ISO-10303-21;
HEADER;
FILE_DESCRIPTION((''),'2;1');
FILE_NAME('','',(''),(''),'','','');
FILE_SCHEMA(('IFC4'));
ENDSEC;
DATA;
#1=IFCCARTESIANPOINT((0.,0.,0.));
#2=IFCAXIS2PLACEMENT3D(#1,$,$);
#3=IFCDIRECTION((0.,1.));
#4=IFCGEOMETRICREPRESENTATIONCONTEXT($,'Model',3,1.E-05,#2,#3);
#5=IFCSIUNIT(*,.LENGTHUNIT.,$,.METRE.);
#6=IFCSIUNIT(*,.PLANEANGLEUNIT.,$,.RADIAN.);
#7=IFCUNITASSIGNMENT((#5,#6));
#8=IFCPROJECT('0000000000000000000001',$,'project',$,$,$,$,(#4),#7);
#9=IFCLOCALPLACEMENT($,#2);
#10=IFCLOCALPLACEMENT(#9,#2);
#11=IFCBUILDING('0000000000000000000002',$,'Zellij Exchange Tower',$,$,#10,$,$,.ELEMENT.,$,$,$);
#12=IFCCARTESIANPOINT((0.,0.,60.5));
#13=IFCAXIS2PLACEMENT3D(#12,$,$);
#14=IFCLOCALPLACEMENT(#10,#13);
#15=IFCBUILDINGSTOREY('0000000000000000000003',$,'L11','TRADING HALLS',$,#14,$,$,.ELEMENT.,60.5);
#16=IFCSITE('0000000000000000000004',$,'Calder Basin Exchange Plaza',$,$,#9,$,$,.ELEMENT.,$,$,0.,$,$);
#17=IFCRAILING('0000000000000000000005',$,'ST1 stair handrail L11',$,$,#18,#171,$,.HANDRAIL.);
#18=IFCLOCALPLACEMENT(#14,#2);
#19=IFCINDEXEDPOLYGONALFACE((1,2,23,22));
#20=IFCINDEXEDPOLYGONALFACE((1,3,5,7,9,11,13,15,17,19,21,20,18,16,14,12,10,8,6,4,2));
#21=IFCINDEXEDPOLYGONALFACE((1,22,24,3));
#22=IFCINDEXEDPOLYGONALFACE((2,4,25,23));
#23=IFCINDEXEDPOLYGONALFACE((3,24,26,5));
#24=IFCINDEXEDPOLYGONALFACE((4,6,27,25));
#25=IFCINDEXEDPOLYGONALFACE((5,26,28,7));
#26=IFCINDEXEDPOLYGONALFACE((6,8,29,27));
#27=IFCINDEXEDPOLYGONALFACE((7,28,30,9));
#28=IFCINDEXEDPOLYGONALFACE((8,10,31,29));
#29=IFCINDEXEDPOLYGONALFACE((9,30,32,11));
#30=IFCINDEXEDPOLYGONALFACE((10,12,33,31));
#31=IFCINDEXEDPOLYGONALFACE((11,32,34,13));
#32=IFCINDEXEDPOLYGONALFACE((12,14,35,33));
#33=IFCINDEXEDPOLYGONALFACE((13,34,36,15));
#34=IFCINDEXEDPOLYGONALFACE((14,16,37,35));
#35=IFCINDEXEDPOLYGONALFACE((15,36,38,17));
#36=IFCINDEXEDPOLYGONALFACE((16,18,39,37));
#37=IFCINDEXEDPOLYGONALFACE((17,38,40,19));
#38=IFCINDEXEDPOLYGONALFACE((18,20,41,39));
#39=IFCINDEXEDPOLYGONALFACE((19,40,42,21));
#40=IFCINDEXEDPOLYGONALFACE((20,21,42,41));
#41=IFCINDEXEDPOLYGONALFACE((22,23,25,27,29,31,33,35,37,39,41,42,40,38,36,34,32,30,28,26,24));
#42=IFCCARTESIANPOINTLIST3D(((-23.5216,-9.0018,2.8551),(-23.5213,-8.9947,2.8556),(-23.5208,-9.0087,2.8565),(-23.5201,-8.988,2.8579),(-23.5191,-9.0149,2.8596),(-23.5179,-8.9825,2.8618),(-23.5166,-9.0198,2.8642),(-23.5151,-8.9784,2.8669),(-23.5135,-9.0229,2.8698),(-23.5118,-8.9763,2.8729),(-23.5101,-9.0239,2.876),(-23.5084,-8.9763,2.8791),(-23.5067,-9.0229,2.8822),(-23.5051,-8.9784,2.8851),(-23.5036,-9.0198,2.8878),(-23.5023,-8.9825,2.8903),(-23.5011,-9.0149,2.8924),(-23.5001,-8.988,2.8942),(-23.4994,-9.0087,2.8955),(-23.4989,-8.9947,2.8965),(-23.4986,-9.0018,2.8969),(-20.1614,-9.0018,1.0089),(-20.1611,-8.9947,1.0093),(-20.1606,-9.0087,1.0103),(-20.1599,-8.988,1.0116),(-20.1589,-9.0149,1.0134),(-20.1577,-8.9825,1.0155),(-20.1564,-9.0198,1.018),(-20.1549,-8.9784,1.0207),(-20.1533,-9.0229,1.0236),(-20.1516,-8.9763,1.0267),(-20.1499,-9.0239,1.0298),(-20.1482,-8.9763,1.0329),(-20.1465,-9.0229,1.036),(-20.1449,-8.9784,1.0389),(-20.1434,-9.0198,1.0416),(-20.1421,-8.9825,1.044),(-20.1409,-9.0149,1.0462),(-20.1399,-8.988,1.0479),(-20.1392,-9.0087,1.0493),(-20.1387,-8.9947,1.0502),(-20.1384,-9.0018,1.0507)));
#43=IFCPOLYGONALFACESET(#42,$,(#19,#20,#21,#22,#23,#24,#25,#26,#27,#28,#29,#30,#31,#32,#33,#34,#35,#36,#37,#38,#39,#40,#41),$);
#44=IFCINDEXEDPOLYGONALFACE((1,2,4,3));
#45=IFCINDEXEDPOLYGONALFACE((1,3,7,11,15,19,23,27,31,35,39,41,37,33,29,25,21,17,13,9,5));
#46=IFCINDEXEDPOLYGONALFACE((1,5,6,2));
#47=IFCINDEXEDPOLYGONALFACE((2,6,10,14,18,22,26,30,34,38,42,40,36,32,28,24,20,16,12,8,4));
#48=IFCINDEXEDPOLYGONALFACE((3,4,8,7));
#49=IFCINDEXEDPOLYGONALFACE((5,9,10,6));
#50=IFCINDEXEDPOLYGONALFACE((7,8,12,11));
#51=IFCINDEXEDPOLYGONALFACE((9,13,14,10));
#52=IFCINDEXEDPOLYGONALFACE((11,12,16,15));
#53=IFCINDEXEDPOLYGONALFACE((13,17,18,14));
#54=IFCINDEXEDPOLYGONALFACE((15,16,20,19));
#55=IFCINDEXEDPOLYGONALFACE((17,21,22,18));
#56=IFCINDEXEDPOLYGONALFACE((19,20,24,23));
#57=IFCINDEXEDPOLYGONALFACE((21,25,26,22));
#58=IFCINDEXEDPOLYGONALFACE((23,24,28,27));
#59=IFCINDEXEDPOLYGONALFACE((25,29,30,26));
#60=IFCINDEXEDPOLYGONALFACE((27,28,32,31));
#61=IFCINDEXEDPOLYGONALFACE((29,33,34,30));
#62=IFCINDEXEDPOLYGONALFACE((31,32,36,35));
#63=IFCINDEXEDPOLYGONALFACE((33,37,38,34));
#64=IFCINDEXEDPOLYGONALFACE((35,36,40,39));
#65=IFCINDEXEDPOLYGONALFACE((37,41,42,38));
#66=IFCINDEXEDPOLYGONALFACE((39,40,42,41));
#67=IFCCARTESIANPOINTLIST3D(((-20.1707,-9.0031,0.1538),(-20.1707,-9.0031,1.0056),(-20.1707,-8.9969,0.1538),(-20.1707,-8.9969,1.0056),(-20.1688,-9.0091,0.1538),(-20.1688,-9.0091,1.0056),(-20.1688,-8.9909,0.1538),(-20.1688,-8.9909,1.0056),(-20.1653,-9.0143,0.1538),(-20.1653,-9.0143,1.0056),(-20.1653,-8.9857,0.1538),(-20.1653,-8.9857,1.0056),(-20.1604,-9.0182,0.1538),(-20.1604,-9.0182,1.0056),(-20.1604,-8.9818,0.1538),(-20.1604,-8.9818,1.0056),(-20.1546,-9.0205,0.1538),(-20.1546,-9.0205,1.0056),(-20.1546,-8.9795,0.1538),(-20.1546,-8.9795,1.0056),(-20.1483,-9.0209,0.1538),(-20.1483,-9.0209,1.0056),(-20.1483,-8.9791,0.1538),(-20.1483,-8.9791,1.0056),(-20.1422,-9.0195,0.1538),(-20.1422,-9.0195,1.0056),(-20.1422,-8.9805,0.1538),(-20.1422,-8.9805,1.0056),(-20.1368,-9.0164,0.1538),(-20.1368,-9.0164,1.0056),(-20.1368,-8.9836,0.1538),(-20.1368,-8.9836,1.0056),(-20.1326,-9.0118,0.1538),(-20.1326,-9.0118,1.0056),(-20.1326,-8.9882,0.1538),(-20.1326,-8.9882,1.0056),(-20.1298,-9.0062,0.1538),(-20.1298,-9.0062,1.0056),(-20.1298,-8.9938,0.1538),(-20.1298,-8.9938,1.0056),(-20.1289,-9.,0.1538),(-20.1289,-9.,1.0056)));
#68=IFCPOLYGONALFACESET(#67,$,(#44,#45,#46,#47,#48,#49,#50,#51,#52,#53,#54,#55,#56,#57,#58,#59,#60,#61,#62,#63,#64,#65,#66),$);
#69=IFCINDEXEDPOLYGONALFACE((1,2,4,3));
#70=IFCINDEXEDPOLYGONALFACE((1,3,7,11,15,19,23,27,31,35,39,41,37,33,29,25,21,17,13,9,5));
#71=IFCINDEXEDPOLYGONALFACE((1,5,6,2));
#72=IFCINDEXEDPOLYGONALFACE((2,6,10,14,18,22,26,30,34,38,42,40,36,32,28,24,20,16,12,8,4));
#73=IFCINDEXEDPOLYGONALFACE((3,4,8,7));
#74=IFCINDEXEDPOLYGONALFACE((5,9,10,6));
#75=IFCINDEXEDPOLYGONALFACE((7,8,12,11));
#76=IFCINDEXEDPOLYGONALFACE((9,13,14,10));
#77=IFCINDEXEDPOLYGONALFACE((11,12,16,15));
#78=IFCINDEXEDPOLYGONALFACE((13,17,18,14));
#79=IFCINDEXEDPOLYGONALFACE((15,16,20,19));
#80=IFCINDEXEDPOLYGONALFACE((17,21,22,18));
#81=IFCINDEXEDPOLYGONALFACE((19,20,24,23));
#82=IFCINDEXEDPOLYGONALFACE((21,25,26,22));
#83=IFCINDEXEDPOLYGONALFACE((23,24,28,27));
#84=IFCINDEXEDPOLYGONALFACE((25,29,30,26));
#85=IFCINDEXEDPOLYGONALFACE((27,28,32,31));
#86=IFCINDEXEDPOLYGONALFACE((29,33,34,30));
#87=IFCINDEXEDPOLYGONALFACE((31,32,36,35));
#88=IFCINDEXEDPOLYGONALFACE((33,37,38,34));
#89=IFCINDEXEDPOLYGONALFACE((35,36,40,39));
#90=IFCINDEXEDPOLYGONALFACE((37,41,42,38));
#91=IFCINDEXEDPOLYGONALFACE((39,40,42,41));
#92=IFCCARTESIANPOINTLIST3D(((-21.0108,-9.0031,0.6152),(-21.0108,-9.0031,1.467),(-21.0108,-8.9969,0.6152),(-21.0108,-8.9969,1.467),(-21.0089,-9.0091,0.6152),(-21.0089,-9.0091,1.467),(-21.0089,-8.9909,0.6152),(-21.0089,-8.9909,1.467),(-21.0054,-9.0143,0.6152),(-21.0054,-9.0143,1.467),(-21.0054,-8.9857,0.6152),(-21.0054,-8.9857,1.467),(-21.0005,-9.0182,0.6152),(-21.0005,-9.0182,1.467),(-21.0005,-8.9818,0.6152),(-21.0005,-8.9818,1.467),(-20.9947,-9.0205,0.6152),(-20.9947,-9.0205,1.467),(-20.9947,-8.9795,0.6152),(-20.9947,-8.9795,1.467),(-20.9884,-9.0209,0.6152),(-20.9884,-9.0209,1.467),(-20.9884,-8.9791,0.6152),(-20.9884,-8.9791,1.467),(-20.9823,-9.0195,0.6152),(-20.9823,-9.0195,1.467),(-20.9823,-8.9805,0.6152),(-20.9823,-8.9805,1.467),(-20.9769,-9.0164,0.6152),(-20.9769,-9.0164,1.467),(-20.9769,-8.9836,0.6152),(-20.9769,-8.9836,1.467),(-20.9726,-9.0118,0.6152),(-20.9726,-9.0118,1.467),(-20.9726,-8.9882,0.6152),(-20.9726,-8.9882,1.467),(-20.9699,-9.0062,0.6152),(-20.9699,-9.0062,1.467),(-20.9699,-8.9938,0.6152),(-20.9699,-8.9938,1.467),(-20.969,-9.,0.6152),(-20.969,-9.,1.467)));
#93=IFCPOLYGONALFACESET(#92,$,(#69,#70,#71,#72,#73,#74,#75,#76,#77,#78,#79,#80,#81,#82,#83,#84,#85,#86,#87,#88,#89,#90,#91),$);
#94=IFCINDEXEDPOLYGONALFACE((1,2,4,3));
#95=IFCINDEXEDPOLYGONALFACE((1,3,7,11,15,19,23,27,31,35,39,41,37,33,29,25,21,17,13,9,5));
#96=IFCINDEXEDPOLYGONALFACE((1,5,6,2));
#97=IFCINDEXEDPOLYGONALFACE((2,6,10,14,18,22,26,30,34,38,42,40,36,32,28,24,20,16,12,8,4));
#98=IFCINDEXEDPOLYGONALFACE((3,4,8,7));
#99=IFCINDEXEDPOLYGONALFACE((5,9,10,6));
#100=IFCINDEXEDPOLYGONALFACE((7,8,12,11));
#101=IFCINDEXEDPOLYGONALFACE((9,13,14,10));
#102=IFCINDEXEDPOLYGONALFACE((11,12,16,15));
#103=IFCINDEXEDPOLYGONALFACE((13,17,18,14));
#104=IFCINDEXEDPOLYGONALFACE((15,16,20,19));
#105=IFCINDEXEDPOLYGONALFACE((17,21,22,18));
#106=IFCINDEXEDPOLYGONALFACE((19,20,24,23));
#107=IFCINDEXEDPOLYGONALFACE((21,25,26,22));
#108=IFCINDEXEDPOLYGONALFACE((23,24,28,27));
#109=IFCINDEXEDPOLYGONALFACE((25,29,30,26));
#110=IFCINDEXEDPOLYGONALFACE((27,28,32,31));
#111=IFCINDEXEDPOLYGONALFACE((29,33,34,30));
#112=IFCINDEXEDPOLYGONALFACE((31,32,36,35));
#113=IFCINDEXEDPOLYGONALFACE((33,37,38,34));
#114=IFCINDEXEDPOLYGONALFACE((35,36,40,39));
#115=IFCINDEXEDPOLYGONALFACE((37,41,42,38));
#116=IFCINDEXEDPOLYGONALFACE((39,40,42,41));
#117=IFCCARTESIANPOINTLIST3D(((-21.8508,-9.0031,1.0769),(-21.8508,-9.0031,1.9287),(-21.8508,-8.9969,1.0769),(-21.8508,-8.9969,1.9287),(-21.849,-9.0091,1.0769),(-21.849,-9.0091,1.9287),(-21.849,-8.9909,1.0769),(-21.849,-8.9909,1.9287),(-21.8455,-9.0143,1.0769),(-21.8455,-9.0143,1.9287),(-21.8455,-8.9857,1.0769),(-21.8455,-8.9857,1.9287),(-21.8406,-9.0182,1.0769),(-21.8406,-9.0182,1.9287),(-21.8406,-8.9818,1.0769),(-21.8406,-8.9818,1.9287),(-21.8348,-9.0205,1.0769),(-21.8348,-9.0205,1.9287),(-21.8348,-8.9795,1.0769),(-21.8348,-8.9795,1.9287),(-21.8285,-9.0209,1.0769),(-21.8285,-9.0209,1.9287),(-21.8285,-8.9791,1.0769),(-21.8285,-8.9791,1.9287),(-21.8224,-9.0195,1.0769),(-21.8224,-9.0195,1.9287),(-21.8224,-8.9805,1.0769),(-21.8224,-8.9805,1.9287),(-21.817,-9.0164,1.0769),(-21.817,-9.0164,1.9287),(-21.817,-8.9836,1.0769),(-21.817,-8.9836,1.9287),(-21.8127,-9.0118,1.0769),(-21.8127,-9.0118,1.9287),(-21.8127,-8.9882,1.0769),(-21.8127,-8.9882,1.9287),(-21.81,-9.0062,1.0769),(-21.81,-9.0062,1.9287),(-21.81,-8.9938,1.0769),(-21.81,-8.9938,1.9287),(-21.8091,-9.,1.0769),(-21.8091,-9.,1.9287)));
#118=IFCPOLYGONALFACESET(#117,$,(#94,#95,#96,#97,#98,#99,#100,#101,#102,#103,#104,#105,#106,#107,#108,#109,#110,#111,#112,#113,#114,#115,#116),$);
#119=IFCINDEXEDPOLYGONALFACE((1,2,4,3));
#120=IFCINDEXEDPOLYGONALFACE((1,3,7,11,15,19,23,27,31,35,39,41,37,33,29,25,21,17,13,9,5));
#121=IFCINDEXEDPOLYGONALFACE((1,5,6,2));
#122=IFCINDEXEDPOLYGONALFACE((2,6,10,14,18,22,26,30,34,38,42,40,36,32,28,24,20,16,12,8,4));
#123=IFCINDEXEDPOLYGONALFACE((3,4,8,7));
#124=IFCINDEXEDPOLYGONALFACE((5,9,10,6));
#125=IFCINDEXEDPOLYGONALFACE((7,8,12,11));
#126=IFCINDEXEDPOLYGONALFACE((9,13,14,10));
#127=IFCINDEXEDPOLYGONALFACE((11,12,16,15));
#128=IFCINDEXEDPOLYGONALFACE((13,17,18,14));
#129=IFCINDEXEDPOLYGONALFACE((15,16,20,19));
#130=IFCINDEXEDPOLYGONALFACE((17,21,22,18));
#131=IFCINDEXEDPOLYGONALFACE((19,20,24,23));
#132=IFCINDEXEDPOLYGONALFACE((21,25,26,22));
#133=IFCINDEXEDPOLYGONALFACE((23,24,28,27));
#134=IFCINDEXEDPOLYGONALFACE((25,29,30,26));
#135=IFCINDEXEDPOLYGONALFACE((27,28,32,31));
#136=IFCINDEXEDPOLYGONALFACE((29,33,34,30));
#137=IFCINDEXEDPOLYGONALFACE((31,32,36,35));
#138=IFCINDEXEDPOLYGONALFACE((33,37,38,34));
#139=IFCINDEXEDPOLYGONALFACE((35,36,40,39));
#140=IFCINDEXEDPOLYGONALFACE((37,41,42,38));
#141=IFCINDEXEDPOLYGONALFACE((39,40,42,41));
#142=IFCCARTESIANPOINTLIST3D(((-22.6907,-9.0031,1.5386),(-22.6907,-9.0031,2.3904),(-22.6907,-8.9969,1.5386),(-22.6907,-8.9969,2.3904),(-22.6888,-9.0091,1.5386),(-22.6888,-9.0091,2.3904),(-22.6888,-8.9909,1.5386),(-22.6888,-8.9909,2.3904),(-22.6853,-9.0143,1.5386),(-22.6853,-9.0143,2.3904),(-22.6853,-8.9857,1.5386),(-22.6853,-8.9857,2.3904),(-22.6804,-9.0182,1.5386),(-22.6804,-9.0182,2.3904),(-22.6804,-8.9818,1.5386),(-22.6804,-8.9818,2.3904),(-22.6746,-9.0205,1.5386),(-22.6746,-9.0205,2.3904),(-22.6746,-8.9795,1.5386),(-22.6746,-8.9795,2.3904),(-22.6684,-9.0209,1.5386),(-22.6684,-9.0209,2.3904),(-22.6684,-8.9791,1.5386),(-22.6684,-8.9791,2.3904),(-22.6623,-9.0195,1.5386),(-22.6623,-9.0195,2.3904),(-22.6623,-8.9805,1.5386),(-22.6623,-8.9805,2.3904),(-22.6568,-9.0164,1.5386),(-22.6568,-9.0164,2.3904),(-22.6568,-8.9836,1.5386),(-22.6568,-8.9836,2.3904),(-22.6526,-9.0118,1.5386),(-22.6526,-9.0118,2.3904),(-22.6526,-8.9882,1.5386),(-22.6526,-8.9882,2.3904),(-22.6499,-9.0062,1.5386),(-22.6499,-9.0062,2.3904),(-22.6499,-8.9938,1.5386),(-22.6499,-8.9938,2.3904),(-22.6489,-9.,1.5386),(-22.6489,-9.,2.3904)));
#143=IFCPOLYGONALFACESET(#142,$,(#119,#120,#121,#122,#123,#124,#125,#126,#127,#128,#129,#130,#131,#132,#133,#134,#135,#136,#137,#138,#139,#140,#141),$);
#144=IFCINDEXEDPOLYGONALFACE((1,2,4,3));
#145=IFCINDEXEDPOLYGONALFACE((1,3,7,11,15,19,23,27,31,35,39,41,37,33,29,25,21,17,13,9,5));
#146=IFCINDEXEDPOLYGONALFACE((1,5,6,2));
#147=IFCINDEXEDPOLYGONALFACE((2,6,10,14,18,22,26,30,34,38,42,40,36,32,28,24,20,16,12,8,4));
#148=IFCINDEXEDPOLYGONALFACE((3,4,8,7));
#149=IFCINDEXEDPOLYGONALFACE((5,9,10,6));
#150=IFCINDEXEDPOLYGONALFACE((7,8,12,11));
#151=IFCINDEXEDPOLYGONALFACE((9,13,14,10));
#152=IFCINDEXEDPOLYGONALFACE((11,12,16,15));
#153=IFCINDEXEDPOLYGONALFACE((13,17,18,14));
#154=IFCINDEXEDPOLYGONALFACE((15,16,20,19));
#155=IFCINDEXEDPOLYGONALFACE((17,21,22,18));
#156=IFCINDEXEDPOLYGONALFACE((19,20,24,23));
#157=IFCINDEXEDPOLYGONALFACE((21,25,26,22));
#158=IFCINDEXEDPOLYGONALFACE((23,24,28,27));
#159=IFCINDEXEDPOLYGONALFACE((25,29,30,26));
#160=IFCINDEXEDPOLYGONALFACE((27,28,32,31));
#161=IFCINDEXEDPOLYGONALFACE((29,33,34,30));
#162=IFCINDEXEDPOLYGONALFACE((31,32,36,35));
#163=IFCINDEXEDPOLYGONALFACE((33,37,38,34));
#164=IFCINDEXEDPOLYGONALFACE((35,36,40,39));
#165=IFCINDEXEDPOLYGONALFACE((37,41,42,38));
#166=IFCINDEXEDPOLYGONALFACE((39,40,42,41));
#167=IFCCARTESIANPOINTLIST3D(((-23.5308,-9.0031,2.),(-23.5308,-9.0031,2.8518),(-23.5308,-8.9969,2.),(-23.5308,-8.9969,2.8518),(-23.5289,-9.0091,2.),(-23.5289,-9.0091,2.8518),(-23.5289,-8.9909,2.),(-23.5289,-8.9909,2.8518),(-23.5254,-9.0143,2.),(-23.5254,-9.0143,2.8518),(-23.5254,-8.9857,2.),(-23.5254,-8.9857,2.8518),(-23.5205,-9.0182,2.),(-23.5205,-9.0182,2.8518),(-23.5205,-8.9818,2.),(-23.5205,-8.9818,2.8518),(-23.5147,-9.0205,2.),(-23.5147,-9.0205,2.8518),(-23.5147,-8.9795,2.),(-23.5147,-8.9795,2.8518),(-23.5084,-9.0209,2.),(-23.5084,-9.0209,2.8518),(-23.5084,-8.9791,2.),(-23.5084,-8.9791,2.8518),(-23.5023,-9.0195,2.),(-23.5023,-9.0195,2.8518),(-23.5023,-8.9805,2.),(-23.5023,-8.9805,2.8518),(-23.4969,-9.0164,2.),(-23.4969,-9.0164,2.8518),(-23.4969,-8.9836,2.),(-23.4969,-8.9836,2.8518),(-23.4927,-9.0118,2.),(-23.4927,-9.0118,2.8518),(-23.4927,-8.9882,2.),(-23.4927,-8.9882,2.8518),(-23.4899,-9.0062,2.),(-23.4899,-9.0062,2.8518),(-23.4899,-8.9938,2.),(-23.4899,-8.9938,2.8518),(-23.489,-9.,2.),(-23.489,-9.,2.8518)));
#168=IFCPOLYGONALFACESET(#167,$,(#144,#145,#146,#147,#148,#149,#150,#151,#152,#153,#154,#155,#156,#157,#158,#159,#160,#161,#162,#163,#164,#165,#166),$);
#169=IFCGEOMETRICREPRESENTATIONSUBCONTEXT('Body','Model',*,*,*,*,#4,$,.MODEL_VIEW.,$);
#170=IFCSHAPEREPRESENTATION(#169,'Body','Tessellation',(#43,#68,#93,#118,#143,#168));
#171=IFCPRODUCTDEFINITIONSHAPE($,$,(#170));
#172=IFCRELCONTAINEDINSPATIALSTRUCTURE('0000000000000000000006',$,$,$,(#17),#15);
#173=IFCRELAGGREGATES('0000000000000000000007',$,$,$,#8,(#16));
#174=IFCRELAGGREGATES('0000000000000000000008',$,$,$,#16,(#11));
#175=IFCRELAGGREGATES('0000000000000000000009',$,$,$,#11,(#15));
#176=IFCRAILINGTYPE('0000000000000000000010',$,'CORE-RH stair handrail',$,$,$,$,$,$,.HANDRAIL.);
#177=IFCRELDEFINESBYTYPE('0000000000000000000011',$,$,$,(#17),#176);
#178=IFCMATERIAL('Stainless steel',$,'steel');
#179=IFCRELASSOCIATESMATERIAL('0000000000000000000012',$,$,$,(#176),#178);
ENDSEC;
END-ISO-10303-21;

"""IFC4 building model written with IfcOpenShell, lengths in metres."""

from ifc_helpers import new_model, si_unit, direction, frame, origin, origin_2d, place, context, subcontext, project, spatial, circle, extrude, material, type_object, element, save


model = new_model("IFC4")

# Units and contexts
model_context = context("Model", 3, precision=1e-05, world=origin(), true_north=direction((0.0, 1.0)))
body_context = subcontext(model_context, "Body", "Model", "MODEL_VIEW")
ifc_project = project(units=[si_unit("LENGTHUNIT", "METRE"), si_unit("PLANEANGLEUNIT", "RADIAN")], contexts=[model_context])

# Site, building, storey
site_placement = place(None, origin())
site = spatial("IfcSite", under=ifc_project, at=site_placement, Name="Calder Basin Exchange Plaza", CompositionType="ELEMENT", RefElevation=0.0)
building_placement = place(site_placement, origin())
building = spatial("IfcBuilding", under=site, at=building_placement, Name="Zellij Exchange Tower", CompositionType="ELEMENT")
storey_placement = place(building_placement, frame((0.0, 0.0, 60.5)))
storey = spatial("IfcBuildingStorey", under=building, at=storey_placement, Name="L11", Description="TRADING HALLS", CompositionType="ELEMENT", Elevation=60.5)

# Railing
ifc_material_1 = material(Name="Stainless steel", Category="steel")
railing_type_1 = type_object("IfcRailingType", Name="CORE-RH stair handrail", PredefinedType="HANDRAIL", material=ifc_material_1)
railing_1_placement = place(storey_placement, frame((-20.1499, -9.0, 0.1538)))
element("IfcRailing", 1, at=railing_1_placement, inside=storey, type_object=railing_type_1, Name="ST1 stair handrail L11", PredefinedType="HANDRAIL", context=body_context, shape_type="SweptSolid", body=[
    extrude(circle(Radius=0.0239, at=origin_2d()), frame((0.0, 0.0, 0.876), z_axis=(-0.876422, 0.0, 0.481545), x_axis=(0.0, -1.0, 0.0)), (0.0, 0.0, 1.0), 3.834),
    extrude(circle(Radius=0.021, at=origin_2d()), origin(), (0.0, 0.0, 1.0), 0.8518),
    extrude(circle(Radius=0.021, at=origin_2d()), frame((-0.8401, 0.0, 0.4614)), (0.0, 0.0, 1.0), 0.8518),
    extrude(circle(Radius=0.021, at=origin_2d()), frame((-1.6802, 0.0, 0.9231)), (0.0, 0.0, 1.0), 0.8518),
    extrude(circle(Radius=0.021, at=origin_2d()), frame((-2.52, 0.0, 1.3848)), (0.0, 0.0, 1.0), 0.8518),
    extrude(circle(Radius=0.021, at=origin_2d()), frame((-3.3601, 0.0, 1.8462)), (0.0, 0.0, 1.0), 0.8518),
])

save(model, "model.ifc")
